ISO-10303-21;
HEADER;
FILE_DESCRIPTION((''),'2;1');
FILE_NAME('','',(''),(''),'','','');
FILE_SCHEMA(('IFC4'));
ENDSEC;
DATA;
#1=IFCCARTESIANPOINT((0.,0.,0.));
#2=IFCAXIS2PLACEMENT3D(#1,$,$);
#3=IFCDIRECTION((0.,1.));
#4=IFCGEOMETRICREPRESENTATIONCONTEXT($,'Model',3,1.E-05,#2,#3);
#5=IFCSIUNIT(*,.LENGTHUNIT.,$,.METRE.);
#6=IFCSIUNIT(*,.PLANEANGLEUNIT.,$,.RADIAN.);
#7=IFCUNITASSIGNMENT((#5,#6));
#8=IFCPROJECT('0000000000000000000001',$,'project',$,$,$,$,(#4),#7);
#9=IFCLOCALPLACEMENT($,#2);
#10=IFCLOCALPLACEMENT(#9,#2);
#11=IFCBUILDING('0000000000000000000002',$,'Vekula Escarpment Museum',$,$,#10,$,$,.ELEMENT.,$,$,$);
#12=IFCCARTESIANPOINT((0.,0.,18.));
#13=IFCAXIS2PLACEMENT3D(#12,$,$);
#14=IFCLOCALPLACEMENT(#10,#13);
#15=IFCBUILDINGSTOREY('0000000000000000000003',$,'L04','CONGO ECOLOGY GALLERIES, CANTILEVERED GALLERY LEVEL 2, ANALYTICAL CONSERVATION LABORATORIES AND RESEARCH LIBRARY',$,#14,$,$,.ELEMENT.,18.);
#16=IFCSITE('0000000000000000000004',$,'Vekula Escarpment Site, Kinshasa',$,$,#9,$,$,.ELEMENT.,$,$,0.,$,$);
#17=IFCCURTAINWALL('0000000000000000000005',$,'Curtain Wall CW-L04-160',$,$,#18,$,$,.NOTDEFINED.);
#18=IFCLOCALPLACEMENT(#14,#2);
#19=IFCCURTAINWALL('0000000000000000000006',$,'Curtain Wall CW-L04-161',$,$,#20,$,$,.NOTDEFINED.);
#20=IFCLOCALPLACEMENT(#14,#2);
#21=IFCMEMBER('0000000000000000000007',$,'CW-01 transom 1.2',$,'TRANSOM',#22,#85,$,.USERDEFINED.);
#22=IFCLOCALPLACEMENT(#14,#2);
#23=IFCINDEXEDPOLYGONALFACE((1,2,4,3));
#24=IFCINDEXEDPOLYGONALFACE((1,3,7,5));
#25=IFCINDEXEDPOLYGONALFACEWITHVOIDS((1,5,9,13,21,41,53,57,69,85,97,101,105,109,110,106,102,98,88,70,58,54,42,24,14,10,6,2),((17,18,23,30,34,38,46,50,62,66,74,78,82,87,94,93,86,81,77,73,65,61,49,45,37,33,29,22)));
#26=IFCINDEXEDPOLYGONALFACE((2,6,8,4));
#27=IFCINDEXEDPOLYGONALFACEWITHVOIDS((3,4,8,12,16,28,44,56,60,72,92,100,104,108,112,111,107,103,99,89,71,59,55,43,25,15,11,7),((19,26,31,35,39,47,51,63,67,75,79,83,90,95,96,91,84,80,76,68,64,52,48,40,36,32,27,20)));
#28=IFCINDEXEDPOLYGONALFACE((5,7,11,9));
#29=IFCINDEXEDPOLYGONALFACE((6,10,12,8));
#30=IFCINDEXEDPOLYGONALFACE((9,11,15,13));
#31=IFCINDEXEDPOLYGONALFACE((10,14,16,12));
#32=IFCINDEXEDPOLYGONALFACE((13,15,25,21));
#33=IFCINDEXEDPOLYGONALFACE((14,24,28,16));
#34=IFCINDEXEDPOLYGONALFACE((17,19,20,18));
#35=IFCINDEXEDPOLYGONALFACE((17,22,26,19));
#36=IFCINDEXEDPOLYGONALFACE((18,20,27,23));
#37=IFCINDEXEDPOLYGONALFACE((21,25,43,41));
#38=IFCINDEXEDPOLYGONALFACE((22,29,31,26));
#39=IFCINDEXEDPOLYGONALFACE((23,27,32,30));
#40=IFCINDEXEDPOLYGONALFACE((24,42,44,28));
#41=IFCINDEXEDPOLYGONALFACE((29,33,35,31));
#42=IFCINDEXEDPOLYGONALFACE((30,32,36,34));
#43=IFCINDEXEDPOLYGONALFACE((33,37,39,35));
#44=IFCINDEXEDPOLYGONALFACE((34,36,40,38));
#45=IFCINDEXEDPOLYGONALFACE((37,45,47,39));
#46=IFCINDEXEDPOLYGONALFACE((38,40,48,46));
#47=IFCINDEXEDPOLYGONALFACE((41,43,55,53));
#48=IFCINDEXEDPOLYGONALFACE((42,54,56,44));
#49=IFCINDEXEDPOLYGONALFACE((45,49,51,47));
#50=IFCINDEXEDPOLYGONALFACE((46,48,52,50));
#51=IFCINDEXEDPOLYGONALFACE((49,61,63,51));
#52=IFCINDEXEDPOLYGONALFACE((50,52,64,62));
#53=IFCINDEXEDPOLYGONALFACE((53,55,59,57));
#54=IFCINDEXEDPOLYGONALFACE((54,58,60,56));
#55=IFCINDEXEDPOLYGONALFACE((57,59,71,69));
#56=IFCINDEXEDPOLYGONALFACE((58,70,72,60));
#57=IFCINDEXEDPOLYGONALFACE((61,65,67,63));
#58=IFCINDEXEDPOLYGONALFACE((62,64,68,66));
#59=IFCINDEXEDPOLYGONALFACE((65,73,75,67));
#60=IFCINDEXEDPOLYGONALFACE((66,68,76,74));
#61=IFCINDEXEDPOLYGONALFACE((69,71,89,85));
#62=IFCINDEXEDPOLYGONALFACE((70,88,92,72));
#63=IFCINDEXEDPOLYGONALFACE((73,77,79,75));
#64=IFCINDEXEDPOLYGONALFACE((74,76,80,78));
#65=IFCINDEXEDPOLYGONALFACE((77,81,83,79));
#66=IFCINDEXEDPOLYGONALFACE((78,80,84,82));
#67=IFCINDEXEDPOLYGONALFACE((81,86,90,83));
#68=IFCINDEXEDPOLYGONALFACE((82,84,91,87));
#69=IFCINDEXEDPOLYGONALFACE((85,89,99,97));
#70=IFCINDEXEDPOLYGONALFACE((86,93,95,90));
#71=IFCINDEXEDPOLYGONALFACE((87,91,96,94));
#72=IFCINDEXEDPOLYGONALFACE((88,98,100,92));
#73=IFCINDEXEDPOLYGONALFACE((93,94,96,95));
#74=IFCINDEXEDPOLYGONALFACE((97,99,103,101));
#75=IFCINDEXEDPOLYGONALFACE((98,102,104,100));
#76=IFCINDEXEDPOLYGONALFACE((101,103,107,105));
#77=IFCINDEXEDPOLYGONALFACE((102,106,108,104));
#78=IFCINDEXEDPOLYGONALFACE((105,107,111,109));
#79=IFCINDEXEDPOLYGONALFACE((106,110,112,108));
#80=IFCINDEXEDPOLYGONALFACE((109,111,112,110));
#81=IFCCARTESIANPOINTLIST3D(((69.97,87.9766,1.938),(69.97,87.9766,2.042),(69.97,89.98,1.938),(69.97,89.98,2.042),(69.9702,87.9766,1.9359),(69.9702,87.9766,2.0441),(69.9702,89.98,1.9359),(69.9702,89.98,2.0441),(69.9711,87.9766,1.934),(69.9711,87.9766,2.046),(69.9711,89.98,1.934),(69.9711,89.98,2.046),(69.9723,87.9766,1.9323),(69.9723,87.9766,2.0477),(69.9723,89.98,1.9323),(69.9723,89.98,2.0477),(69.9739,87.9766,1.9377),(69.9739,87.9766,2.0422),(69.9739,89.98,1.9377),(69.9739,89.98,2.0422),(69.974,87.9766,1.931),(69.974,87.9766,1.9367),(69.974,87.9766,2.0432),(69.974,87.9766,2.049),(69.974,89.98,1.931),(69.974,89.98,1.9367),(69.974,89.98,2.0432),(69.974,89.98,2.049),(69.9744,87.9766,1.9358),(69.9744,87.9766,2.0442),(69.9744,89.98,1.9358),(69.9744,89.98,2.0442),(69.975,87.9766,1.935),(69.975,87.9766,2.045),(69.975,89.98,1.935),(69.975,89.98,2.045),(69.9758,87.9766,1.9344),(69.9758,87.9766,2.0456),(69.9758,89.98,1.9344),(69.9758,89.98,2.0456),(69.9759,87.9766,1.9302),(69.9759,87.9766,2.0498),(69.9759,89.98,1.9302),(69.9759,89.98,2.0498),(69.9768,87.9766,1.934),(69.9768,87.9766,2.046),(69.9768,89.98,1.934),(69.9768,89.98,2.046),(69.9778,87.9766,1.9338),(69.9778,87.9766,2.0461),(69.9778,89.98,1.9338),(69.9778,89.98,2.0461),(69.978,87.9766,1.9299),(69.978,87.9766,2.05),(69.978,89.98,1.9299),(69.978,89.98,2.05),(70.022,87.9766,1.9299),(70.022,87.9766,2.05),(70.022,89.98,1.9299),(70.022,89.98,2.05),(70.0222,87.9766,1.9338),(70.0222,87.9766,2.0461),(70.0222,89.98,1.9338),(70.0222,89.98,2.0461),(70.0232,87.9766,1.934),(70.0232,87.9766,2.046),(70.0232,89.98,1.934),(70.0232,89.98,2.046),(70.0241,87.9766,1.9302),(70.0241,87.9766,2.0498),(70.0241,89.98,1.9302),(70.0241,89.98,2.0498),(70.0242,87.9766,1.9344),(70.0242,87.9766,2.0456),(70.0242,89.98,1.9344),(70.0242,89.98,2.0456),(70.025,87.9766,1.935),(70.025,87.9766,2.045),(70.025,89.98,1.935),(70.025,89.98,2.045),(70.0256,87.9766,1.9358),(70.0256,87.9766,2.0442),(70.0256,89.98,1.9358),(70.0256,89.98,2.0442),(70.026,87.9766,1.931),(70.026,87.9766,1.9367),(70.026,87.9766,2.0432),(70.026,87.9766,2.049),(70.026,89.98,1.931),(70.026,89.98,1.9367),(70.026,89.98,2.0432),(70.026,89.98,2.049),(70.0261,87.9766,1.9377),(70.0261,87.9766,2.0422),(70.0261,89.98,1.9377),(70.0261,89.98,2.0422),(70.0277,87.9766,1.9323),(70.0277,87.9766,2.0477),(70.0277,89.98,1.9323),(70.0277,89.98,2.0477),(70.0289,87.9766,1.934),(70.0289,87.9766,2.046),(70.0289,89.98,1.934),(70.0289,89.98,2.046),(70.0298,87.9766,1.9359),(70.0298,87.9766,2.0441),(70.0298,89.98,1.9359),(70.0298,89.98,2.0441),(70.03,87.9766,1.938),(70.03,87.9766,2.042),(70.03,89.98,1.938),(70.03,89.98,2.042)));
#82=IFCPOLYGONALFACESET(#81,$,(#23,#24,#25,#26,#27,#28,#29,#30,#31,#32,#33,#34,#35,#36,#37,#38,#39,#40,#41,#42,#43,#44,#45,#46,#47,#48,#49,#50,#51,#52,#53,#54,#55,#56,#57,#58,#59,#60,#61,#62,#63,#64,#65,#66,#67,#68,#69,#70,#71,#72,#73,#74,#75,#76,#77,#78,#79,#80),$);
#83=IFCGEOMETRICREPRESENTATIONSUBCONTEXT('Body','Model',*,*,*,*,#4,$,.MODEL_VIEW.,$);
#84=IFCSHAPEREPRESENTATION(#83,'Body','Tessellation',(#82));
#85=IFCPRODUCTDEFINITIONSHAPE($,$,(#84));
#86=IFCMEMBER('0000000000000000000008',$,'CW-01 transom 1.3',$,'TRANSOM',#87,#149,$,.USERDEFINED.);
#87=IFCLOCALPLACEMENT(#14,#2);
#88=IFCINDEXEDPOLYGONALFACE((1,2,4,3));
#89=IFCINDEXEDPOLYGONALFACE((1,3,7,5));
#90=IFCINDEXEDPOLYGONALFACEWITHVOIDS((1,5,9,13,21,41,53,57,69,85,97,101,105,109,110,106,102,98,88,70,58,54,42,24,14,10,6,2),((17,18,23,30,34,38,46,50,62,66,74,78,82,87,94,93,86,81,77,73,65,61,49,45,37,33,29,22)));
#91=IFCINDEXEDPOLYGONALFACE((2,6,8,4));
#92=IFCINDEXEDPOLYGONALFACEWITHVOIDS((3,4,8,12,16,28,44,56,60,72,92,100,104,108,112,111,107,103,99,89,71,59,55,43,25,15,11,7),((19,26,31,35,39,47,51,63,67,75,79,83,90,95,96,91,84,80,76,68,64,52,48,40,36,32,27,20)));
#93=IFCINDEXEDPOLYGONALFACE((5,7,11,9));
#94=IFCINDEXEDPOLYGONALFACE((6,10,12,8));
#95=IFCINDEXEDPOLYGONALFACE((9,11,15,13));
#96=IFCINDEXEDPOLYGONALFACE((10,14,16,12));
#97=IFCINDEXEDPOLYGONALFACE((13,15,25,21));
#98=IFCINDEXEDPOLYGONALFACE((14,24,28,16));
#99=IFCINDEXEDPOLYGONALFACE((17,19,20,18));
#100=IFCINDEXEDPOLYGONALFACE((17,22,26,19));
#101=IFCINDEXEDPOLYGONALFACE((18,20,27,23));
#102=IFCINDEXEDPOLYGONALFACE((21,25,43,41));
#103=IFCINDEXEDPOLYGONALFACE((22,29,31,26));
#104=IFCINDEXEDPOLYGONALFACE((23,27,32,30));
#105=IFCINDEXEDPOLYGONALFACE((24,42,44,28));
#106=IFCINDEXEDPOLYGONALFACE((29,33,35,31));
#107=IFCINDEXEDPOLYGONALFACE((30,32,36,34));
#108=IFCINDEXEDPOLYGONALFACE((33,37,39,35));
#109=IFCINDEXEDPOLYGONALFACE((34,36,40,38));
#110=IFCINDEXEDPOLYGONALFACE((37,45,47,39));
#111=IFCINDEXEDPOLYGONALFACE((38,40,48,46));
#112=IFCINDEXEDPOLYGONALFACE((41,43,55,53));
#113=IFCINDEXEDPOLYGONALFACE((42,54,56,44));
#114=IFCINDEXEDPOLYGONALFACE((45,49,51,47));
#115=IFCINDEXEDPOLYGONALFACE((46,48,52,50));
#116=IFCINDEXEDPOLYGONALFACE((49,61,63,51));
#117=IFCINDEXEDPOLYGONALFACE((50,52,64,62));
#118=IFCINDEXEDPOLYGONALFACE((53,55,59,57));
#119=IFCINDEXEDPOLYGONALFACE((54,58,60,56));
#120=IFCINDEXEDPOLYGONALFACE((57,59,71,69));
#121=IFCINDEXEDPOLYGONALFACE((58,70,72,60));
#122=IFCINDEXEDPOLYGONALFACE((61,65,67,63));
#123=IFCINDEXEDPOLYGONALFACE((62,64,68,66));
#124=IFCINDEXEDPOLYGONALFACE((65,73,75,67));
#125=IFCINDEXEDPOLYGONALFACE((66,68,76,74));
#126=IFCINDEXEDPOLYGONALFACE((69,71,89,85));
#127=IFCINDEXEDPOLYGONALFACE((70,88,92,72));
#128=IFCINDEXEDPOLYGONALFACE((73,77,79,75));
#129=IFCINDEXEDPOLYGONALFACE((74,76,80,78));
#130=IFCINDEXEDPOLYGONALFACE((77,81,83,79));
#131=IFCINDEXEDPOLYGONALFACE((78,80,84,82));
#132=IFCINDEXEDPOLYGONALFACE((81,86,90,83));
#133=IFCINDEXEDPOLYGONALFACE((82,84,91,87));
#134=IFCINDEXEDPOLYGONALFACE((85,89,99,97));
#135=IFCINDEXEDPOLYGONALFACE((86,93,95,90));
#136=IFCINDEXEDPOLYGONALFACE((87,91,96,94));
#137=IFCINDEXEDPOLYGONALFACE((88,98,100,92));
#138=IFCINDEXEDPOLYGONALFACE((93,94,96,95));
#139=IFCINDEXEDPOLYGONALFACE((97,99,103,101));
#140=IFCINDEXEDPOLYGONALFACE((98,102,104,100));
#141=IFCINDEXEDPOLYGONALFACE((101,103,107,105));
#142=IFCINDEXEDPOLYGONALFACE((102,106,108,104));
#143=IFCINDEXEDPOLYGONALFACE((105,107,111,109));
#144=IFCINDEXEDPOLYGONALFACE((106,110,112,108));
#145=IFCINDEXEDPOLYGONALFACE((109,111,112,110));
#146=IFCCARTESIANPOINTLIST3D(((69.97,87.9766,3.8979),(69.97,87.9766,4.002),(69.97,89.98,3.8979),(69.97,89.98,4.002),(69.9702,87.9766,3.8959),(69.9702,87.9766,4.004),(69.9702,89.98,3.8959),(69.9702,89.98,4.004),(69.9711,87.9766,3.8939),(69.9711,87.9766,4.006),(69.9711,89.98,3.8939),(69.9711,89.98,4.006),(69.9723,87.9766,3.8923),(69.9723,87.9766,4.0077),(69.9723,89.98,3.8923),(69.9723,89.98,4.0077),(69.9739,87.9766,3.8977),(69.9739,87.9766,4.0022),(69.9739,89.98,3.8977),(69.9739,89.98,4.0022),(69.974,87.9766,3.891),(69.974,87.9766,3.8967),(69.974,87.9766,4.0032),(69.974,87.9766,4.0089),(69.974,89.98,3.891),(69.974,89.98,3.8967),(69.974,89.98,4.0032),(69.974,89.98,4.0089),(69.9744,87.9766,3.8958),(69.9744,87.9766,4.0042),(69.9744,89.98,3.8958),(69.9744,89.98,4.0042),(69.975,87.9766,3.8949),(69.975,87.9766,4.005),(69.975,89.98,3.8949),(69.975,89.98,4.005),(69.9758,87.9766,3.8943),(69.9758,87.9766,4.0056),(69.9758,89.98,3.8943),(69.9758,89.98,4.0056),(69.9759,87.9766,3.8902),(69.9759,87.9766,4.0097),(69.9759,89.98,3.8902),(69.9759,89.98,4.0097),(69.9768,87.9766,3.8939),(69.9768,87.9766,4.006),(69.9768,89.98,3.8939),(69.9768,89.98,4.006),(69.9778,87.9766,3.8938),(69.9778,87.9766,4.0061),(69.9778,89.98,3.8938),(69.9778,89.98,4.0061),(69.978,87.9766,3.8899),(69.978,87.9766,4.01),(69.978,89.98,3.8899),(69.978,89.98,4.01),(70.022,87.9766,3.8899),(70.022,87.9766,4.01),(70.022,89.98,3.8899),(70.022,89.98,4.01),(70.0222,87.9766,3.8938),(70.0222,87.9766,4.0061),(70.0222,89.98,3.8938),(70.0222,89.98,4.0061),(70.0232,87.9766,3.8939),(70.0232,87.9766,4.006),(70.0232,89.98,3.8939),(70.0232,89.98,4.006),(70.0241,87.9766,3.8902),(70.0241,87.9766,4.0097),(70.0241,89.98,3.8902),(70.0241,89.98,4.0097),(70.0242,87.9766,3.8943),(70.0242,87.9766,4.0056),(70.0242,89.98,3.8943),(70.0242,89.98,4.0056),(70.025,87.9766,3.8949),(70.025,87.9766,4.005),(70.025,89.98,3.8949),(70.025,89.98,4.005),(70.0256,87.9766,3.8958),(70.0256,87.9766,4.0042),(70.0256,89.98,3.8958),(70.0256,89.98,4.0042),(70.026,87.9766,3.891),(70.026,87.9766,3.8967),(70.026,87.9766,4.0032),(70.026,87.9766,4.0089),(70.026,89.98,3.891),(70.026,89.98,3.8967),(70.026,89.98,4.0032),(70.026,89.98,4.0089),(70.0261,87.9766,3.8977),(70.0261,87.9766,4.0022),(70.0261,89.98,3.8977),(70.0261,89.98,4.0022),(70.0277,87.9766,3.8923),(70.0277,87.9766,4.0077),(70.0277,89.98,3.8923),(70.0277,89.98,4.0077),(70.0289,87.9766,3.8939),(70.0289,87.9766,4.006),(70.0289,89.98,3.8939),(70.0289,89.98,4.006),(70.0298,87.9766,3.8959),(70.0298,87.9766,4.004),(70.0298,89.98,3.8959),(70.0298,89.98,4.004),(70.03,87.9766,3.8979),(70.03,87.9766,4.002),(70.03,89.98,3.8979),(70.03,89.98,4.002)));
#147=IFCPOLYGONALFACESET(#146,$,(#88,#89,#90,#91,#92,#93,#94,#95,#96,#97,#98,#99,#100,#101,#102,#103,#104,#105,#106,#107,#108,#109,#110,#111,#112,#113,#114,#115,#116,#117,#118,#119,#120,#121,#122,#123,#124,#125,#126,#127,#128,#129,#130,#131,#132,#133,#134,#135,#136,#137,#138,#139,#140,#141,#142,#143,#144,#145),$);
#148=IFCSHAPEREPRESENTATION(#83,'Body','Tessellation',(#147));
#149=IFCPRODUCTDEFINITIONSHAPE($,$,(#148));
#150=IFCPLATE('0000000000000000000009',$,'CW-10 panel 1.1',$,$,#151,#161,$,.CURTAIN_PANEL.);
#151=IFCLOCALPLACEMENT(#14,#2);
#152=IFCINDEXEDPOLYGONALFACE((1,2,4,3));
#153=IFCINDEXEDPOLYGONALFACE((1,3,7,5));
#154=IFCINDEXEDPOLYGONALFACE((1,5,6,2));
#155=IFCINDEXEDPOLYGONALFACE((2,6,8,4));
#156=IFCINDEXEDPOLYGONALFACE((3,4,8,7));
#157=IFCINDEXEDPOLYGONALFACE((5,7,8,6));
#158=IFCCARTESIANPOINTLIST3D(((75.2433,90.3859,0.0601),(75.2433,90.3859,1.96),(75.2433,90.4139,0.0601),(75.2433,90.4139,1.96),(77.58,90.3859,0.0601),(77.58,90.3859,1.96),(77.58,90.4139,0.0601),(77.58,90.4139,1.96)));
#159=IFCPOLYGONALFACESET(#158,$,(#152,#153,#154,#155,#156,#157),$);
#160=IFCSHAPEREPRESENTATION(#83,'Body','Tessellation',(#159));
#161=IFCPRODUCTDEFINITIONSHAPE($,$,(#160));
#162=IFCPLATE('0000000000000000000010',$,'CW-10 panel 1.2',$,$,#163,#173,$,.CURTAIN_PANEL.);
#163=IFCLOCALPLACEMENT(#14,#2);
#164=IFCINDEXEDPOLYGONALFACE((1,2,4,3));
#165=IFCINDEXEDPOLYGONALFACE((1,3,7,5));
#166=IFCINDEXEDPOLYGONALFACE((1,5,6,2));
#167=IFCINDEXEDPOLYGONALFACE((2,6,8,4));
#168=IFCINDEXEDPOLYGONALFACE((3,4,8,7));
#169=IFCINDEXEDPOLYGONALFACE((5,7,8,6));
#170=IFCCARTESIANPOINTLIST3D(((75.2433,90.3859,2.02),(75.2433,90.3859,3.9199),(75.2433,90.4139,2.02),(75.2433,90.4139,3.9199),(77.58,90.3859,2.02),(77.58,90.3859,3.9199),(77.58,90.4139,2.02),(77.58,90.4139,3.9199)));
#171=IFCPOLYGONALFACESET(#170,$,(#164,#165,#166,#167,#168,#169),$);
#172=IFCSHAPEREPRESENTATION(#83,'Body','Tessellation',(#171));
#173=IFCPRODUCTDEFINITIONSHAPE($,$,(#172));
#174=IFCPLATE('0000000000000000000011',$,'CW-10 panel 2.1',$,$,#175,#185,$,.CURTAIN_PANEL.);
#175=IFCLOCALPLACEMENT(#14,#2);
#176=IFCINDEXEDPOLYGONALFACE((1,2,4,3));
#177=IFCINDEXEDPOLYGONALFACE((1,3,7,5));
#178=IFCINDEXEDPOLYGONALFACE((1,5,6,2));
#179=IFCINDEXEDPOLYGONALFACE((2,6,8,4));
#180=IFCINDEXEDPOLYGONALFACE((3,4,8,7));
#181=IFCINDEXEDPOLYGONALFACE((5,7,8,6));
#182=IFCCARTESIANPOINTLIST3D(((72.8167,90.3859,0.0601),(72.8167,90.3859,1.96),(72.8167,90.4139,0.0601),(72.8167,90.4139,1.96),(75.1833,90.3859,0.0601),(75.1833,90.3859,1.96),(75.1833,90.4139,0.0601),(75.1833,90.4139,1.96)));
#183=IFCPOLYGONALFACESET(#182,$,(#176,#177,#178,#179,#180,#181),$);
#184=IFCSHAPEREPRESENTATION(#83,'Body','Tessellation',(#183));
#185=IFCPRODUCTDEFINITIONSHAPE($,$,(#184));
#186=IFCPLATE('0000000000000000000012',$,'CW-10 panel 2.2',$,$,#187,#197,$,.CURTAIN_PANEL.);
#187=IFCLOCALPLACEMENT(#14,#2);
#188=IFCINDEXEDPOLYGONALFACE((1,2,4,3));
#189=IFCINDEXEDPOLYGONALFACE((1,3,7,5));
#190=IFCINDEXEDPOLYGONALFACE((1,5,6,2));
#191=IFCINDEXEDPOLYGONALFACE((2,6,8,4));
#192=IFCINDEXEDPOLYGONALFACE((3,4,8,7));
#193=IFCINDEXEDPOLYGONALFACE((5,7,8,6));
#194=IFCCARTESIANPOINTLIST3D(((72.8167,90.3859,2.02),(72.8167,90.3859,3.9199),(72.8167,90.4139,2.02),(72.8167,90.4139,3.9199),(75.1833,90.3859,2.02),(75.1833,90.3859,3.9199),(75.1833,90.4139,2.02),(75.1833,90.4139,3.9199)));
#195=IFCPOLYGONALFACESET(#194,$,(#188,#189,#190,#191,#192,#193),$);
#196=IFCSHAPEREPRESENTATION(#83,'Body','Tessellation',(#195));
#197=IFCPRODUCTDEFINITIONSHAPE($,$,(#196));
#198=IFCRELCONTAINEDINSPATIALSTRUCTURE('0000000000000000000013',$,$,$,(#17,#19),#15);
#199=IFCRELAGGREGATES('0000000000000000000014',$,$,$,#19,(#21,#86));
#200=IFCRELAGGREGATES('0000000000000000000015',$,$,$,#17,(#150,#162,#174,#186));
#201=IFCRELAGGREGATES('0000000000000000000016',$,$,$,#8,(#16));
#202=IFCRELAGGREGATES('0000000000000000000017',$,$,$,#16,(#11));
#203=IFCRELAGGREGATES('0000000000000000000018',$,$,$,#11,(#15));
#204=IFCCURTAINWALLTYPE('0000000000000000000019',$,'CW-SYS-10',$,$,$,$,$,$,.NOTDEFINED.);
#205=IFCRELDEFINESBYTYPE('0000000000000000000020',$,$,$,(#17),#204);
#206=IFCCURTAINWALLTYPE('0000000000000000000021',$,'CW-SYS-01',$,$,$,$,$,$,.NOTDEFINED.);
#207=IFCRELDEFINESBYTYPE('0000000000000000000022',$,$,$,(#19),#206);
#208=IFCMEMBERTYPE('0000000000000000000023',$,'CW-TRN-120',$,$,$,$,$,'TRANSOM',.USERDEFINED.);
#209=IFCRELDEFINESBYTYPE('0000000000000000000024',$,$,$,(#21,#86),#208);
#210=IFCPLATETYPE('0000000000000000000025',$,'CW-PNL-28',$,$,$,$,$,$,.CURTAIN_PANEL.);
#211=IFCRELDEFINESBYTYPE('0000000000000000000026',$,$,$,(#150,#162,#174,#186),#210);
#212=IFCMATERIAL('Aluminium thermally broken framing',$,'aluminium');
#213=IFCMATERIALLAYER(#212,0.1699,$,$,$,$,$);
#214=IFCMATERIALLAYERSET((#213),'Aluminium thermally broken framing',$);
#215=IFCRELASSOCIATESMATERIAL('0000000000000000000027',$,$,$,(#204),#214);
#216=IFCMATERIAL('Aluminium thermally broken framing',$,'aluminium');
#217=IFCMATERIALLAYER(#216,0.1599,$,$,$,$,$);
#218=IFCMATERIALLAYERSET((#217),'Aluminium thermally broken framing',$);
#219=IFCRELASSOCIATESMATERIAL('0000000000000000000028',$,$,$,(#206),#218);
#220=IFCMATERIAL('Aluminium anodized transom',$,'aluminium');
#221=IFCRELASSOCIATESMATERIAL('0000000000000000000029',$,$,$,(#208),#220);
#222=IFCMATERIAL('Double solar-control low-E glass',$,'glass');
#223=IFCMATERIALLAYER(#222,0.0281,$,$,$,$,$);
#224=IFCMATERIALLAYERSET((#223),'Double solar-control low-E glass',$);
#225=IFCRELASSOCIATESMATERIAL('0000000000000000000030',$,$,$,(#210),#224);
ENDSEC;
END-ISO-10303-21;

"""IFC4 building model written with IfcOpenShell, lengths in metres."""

from ifc_helpers import new_model, si_unit, direction, frame, origin, origin_2d, place, context, subcontext, project, spatial, rectangle, hollow_rectangle, extrude, material, layer, layer_set, material_profile, profile_set, type_object, element, aggregate, save


model = new_model("IFC4")

# Units and contexts
model_context = context("Model", 3, precision=1e-05, world=origin(), true_north=direction((0.0, 1.0)))
body_context = subcontext(model_context, "Body", "Model", "MODEL_VIEW")
ifc_project = project(units=[si_unit("LENGTHUNIT", "METRE"), si_unit("PLANEANGLEUNIT", "RADIAN")], contexts=[model_context])

# Site, building, storey
site_placement = place(None, origin())
site = spatial("IfcSite", under=ifc_project, at=site_placement, Name="Vekula Escarpment Site, Kinshasa", CompositionType="ELEMENT", RefElevation=0.0)
building_placement = place(site_placement, origin())
building = spatial("IfcBuilding", under=site, at=building_placement, Name="Vekula Escarpment Museum", CompositionType="ELEMENT")
storey_placement = place(building_placement, frame((0.0, 0.0, 18.0)))
storey = spatial("IfcBuildingStorey", under=building, at=storey_placement, Name="L04", Description="CONGO ECOLOGY GALLERIES, CANTILEVERED GALLERY LEVEL 2, ANALYTICAL CONSERVATION LABORATORIES AND RESEARCH LIBRARY", CompositionType="ELEMENT", Elevation=18.0)

# Curtain wall
ifc_material_1 = material(Name="Aluminium thermally broken framing", Category="aluminium")
ifc_layer_1 = layer(ifc_material_1, 0.1699)
ifc_layer_set_1 = layer_set([ifc_layer_1], Name="Aluminium thermally broken framing")
curtain_wall_type_1 = type_object("IfcCurtainWallType", Name="CW-SYS-10", PredefinedType="NOTDEFINED", material=ifc_layer_set_1)
curtain_wall_1_placement = place(storey_placement, origin())
curtain_wall_1 = element("IfcCurtainWall", 1, at=curtain_wall_1_placement, inside=storey, type_object=curtain_wall_type_1, Name="Curtain Wall CW-L04-160", PredefinedType="NOTDEFINED")

# Curtain wall
ifc_material_2 = material(Name="Aluminium thermally broken framing", Category="aluminium")
ifc_layer_2 = layer(ifc_material_2, 0.1599)
ifc_layer_set_2 = layer_set([ifc_layer_2], Name="Aluminium thermally broken framing")
curtain_wall_type_2 = type_object("IfcCurtainWallType", Name="CW-SYS-01", PredefinedType="NOTDEFINED", material=ifc_layer_set_2)
curtain_wall_2_placement = place(storey_placement, origin())
curtain_wall_2 = element("IfcCurtainWall", 2, at=curtain_wall_2_placement, inside=storey, type_object=curtain_wall_type_2, Name="Curtain Wall CW-L04-161", PredefinedType="NOTDEFINED")

# Members
ifc_material_3 = material(Name="Aluminium anodized transom", Category="aluminium")
ifc_material_profile_1 = material_profile(ifc_material_3, hollow_rectangle(XDim=0.0601, YDim=0.1201, WallThickness=0.0039, InnerFilletRadius=0.0039, OuterFilletRadius=0.0081, at=origin_2d()), Name="ALU 120x60x4")
ifc_profile_set_1 = profile_set([ifc_material_profile_1], Name="Aluminium anodized transom")
member_type_1 = type_object("IfcMemberType", Name="CW-TRN-120", ElementType="TRANSOM", PredefinedType="USERDEFINED", material=ifc_profile_set_1)
member_1_placement = place(storey_placement, frame((70.0, 89.98, 1.99), z_axis=(0.0, -1.0, 0.0), x_axis=(1.0, 0.0, 0.0)))
member_1 = element("IfcMember", 3, at=member_1_placement, type_object=member_type_1, Name="CW-01 transom 1.2", ObjectType="TRANSOM", PredefinedType="USERDEFINED", context=body_context, shape_type="SweptSolid", body=[
    extrude(hollow_rectangle(XDim=0.0601, YDim=0.1201, WallThickness=0.0039, InnerFilletRadius=0.0039, OuterFilletRadius=0.0081, at=origin_2d()), origin(), (0.0, 0.0, 1.0), 2.0034),
])
member_2_placement = place(storey_placement, frame((70.0, 89.98, 3.95), z_axis=(0.0, -1.0, 0.0), x_axis=(1.0, 0.0, 0.0)))
member_2 = element("IfcMember", 4, at=member_2_placement, type_object=member_type_1, Name="CW-01 transom 1.3", ObjectType="TRANSOM", PredefinedType="USERDEFINED", context=body_context, shape_type="SweptSolid", body=[
    extrude(hollow_rectangle(XDim=0.0601, YDim=0.1201, WallThickness=0.0039, InnerFilletRadius=0.0039, OuterFilletRadius=0.0081, at=origin_2d()), origin(), (0.0, 0.0, 1.0), 2.0034),
])
aggregate(curtain_wall_2, [member_1, member_2])

# Plates
ifc_material_4 = material(Name="Double solar-control low-E glass", Category="glass")
ifc_layer_3 = layer(ifc_material_4, 0.0281)
ifc_layer_set_3 = layer_set([ifc_layer_3], Name="Double solar-control low-E glass")
plate_type = type_object("IfcPlateType", Name="CW-PNL-28", PredefinedType="CURTAIN_PANEL", material=ifc_layer_set_3)
plate_1_placement = place(storey_placement, frame((76.4116, 90.3999, 0.0601), z_axis=(0.0, 0.0, 1.0), x_axis=(-1.0, 0.0, 0.0)))
plate_1 = element("IfcPlate", 5, at=plate_1_placement, type_object=plate_type, Name="CW-10 panel 1.1", PredefinedType="CURTAIN_PANEL", context=body_context, shape_type="SweptSolid", body=[
    extrude(rectangle(XDim=2.3367, YDim=0.0281, at=origin_2d()), origin(), (0.0, 0.0, 1.0), 1.8999),
])
plate_2_placement = place(storey_placement, frame((76.4116, 90.3999, 2.02), z_axis=(0.0, 0.0, 1.0), x_axis=(-1.0, 0.0, 0.0)))
plate_2 = element("IfcPlate", 6, at=plate_2_placement, type_object=plate_type, Name="CW-10 panel 1.2", PredefinedType="CURTAIN_PANEL", context=body_context, shape_type="SweptSolid", body=[
    extrude(rectangle(XDim=2.3367, YDim=0.0281, at=origin_2d()), origin(), (0.0, 0.0, 1.0), 1.8999),
])
plate_3_placement = place(storey_placement, frame((74.0, 90.3999, 0.0601), z_axis=(0.0, 0.0, 1.0), x_axis=(-1.0, 0.0, 0.0)))
plate_3 = element("IfcPlate", 7, at=plate_3_placement, type_object=plate_type, Name="CW-10 panel 2.1", PredefinedType="CURTAIN_PANEL", context=body_context, shape_type="SweptSolid", body=[
    extrude(rectangle(XDim=2.3667, YDim=0.0281, at=origin_2d()), origin(), (0.0, 0.0, 1.0), 1.8999),
])
plate_4_placement = place(storey_placement, frame((74.0, 90.3999, 2.02), z_axis=(0.0, 0.0, 1.0), x_axis=(-1.0, 0.0, 0.0)))
plate_4 = element("IfcPlate", 8, at=plate_4_placement, type_object=plate_type, Name="CW-10 panel 2.2", PredefinedType="CURTAIN_PANEL", context=body_context, shape_type="SweptSolid", body=[
    extrude(rectangle(XDim=2.3667, YDim=0.0281, at=origin_2d()), origin(), (0.0, 0.0, 1.0), 1.8999),
])
aggregate(curtain_wall_1, [plate_1, plate_2, plate_3, plate_4])

save(model, "model.ifc")
